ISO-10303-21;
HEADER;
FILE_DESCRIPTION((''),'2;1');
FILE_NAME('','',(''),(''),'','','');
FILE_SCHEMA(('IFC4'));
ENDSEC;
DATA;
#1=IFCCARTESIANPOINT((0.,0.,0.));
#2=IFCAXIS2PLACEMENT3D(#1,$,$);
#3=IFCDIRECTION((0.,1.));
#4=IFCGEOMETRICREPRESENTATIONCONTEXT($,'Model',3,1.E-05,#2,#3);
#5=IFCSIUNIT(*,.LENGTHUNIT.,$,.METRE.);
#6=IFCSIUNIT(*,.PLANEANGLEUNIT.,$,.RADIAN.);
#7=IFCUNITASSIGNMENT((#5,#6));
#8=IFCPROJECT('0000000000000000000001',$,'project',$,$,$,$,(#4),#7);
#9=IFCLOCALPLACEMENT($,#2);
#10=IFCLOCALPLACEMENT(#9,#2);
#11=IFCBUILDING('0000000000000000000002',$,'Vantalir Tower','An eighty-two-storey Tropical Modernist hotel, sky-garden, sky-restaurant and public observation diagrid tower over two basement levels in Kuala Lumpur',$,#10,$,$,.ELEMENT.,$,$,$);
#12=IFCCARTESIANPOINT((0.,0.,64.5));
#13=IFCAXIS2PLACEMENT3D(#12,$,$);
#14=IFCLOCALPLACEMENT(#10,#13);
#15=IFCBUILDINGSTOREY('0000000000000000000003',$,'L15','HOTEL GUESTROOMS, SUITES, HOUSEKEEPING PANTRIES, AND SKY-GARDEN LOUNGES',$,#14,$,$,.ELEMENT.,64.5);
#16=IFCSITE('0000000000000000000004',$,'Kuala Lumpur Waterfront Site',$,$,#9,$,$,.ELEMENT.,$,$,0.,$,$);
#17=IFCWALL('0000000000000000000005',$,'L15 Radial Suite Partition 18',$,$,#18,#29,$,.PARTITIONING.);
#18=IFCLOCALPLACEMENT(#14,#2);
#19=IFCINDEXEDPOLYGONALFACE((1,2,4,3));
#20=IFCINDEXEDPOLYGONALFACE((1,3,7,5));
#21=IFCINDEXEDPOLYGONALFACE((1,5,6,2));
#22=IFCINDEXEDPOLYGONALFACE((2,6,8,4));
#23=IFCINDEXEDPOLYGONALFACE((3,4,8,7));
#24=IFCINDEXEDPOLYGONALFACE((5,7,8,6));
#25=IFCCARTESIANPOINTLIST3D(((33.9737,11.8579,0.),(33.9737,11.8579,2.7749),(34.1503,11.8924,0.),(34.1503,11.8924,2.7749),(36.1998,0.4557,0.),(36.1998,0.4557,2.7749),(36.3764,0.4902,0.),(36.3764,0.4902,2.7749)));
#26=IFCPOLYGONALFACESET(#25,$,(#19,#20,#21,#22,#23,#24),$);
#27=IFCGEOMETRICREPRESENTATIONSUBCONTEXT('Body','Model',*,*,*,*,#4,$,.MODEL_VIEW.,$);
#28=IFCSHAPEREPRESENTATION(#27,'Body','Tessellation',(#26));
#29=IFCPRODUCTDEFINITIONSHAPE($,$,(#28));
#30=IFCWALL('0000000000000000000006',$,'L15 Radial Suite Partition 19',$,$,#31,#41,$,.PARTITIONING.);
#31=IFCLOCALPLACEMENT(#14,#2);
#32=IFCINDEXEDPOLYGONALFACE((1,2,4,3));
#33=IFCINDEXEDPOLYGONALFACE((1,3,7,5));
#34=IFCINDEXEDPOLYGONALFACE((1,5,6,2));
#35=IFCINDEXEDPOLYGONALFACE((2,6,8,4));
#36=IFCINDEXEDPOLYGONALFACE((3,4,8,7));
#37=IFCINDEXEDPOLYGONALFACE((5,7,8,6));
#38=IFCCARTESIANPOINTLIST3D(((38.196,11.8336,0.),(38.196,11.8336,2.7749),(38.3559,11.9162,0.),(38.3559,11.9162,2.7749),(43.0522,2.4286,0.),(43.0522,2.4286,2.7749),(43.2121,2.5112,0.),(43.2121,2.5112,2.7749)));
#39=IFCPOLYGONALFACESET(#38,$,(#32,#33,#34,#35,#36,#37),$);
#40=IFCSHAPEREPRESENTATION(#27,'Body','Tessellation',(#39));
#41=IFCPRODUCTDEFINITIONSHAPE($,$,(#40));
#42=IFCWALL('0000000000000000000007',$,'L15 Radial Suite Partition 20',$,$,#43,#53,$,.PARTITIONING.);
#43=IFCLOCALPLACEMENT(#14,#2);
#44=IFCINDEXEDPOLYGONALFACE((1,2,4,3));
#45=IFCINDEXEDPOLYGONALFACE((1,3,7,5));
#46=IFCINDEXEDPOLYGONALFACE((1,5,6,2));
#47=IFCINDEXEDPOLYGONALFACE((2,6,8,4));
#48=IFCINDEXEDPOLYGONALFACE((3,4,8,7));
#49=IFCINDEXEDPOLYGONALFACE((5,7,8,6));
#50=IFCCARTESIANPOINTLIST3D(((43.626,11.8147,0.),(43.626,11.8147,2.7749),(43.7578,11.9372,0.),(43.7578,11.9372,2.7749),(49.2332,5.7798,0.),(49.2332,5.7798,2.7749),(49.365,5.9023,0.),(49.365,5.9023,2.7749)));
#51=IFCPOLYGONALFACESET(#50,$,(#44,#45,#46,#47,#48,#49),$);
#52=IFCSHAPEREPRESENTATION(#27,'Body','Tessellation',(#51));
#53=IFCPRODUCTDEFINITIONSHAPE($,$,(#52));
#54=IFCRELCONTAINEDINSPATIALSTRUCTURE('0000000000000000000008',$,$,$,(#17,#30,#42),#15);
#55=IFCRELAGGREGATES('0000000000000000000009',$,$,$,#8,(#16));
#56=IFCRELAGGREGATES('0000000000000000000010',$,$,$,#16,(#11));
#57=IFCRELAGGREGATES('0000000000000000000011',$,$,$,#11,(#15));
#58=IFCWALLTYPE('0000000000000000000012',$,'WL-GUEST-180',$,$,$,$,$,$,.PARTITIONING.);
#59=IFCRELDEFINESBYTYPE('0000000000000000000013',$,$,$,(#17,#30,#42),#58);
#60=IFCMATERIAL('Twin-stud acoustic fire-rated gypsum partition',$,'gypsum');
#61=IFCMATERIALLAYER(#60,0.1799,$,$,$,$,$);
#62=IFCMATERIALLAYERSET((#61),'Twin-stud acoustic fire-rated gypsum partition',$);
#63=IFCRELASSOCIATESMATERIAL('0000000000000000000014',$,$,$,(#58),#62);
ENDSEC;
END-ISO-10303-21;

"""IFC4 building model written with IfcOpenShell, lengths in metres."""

from ifc_helpers import new_model, si_unit, direction, frame, frame_2d, origin, place, context, subcontext, project, spatial, rectangle, extrude, material, layer, layer_set, type_object, element, save


model = new_model("IFC4")

# Units and contexts
model_context = context("Model", 3, precision=1e-05, world=origin(), true_north=direction((0.0, 1.0)))
body_context = subcontext(model_context, "Body", "Model", "MODEL_VIEW")
ifc_project = project(units=[si_unit("LENGTHUNIT", "METRE"), si_unit("PLANEANGLEUNIT", "RADIAN")], contexts=[model_context])

# Site, building, storey
site_placement = place(None, origin())
site = spatial("IfcSite", under=ifc_project, at=site_placement, Name="Kuala Lumpur Waterfront Site", CompositionType="ELEMENT", RefElevation=0.0)
building_placement = place(site_placement, origin())
building = spatial("IfcBuilding", under=site, at=building_placement, Name="Vantalir Tower", Description="An eighty-two-storey Tropical Modernist hotel, sky-garden, sky-restaurant and public observation diagrid tower over two basement levels in Kuala Lumpur", CompositionType="ELEMENT")
storey_placement = place(building_placement, frame((0.0, 0.0, 64.5)))
storey = spatial("IfcBuildingStorey", under=building, at=storey_placement, Name="L15", Description="HOTEL GUESTROOMS, SUITES, HOUSEKEEPING PANTRIES, AND SKY-GARDEN LOUNGES", CompositionType="ELEMENT", Elevation=64.5)

# Walls
ifc_material_1 = material(Name="Twin-stud acoustic fire-rated gypsum partition", Category="gypsum")
ifc_layer_1 = layer(ifc_material_1, 0.1799)
ifc_layer_set_1 = layer_set([ifc_layer_1], Name="Twin-stud acoustic fire-rated gypsum partition")
wall_type_1 = type_object("IfcWallType", Name="WL-GUEST-180", PredefinedType="PARTITIONING", material=ifc_layer_set_1)
wall_1_placement = place(storey_placement, frame((34.062, 11.875, 0.0), z_axis=(0.0, 0.0, 1.0), x_axis=(0.191616, -0.98147, 0.0)))
element("IfcWall", 1, at=wall_1_placement, inside=storey, type_object=wall_type_1, Name="L15 Radial Suite Partition 18", PredefinedType="PARTITIONING", context=body_context, shape_type="SweptSolid", body=[
    extrude(rectangle(XDim=11.6174, YDim=0.1799, at=frame_2d((5.8086, 0.0))), origin(), (0.0, 0.0, 1.0), 2.7749),
])
wall_2_placement = place(storey_placement, frame((38.2759, 11.875, 0.0), z_axis=(0.0, 0.0, 1.0), x_axis=(0.458792, -0.888544, 0.0)))
element("IfcWall", 2, at=wall_2_placement, inside=storey, type_object=wall_type_1, Name="L15 Radial Suite Partition 19", PredefinedType="PARTITIONING", context=body_context, shape_type="SweptSolid", body=[
    extrude(rectangle(XDim=10.5847, YDim=0.1799, at=frame_2d((5.2925, 0.0))), origin(), (0.0, 0.0, 1.0), 2.7749),
])
wall_3_placement = place(storey_placement, frame((43.6919, 11.876, 0.0), z_axis=(0.0, 0.0, 1.0), x_axis=(0.680668, -0.732592, 0.0)))
element("IfcWall", 3, at=wall_3_placement, inside=storey, type_object=wall_type_1, Name="L15 Radial Suite Partition 20", PredefinedType="PARTITIONING", context=body_context, shape_type="SweptSolid", body=[
    extrude(rectangle(XDim=8.2378, YDim=0.1799, at=frame_2d((4.1189, 0.0))), origin(), (0.0, 0.0, 1.0), 2.7749),
])

save(model, "model.ifc")
